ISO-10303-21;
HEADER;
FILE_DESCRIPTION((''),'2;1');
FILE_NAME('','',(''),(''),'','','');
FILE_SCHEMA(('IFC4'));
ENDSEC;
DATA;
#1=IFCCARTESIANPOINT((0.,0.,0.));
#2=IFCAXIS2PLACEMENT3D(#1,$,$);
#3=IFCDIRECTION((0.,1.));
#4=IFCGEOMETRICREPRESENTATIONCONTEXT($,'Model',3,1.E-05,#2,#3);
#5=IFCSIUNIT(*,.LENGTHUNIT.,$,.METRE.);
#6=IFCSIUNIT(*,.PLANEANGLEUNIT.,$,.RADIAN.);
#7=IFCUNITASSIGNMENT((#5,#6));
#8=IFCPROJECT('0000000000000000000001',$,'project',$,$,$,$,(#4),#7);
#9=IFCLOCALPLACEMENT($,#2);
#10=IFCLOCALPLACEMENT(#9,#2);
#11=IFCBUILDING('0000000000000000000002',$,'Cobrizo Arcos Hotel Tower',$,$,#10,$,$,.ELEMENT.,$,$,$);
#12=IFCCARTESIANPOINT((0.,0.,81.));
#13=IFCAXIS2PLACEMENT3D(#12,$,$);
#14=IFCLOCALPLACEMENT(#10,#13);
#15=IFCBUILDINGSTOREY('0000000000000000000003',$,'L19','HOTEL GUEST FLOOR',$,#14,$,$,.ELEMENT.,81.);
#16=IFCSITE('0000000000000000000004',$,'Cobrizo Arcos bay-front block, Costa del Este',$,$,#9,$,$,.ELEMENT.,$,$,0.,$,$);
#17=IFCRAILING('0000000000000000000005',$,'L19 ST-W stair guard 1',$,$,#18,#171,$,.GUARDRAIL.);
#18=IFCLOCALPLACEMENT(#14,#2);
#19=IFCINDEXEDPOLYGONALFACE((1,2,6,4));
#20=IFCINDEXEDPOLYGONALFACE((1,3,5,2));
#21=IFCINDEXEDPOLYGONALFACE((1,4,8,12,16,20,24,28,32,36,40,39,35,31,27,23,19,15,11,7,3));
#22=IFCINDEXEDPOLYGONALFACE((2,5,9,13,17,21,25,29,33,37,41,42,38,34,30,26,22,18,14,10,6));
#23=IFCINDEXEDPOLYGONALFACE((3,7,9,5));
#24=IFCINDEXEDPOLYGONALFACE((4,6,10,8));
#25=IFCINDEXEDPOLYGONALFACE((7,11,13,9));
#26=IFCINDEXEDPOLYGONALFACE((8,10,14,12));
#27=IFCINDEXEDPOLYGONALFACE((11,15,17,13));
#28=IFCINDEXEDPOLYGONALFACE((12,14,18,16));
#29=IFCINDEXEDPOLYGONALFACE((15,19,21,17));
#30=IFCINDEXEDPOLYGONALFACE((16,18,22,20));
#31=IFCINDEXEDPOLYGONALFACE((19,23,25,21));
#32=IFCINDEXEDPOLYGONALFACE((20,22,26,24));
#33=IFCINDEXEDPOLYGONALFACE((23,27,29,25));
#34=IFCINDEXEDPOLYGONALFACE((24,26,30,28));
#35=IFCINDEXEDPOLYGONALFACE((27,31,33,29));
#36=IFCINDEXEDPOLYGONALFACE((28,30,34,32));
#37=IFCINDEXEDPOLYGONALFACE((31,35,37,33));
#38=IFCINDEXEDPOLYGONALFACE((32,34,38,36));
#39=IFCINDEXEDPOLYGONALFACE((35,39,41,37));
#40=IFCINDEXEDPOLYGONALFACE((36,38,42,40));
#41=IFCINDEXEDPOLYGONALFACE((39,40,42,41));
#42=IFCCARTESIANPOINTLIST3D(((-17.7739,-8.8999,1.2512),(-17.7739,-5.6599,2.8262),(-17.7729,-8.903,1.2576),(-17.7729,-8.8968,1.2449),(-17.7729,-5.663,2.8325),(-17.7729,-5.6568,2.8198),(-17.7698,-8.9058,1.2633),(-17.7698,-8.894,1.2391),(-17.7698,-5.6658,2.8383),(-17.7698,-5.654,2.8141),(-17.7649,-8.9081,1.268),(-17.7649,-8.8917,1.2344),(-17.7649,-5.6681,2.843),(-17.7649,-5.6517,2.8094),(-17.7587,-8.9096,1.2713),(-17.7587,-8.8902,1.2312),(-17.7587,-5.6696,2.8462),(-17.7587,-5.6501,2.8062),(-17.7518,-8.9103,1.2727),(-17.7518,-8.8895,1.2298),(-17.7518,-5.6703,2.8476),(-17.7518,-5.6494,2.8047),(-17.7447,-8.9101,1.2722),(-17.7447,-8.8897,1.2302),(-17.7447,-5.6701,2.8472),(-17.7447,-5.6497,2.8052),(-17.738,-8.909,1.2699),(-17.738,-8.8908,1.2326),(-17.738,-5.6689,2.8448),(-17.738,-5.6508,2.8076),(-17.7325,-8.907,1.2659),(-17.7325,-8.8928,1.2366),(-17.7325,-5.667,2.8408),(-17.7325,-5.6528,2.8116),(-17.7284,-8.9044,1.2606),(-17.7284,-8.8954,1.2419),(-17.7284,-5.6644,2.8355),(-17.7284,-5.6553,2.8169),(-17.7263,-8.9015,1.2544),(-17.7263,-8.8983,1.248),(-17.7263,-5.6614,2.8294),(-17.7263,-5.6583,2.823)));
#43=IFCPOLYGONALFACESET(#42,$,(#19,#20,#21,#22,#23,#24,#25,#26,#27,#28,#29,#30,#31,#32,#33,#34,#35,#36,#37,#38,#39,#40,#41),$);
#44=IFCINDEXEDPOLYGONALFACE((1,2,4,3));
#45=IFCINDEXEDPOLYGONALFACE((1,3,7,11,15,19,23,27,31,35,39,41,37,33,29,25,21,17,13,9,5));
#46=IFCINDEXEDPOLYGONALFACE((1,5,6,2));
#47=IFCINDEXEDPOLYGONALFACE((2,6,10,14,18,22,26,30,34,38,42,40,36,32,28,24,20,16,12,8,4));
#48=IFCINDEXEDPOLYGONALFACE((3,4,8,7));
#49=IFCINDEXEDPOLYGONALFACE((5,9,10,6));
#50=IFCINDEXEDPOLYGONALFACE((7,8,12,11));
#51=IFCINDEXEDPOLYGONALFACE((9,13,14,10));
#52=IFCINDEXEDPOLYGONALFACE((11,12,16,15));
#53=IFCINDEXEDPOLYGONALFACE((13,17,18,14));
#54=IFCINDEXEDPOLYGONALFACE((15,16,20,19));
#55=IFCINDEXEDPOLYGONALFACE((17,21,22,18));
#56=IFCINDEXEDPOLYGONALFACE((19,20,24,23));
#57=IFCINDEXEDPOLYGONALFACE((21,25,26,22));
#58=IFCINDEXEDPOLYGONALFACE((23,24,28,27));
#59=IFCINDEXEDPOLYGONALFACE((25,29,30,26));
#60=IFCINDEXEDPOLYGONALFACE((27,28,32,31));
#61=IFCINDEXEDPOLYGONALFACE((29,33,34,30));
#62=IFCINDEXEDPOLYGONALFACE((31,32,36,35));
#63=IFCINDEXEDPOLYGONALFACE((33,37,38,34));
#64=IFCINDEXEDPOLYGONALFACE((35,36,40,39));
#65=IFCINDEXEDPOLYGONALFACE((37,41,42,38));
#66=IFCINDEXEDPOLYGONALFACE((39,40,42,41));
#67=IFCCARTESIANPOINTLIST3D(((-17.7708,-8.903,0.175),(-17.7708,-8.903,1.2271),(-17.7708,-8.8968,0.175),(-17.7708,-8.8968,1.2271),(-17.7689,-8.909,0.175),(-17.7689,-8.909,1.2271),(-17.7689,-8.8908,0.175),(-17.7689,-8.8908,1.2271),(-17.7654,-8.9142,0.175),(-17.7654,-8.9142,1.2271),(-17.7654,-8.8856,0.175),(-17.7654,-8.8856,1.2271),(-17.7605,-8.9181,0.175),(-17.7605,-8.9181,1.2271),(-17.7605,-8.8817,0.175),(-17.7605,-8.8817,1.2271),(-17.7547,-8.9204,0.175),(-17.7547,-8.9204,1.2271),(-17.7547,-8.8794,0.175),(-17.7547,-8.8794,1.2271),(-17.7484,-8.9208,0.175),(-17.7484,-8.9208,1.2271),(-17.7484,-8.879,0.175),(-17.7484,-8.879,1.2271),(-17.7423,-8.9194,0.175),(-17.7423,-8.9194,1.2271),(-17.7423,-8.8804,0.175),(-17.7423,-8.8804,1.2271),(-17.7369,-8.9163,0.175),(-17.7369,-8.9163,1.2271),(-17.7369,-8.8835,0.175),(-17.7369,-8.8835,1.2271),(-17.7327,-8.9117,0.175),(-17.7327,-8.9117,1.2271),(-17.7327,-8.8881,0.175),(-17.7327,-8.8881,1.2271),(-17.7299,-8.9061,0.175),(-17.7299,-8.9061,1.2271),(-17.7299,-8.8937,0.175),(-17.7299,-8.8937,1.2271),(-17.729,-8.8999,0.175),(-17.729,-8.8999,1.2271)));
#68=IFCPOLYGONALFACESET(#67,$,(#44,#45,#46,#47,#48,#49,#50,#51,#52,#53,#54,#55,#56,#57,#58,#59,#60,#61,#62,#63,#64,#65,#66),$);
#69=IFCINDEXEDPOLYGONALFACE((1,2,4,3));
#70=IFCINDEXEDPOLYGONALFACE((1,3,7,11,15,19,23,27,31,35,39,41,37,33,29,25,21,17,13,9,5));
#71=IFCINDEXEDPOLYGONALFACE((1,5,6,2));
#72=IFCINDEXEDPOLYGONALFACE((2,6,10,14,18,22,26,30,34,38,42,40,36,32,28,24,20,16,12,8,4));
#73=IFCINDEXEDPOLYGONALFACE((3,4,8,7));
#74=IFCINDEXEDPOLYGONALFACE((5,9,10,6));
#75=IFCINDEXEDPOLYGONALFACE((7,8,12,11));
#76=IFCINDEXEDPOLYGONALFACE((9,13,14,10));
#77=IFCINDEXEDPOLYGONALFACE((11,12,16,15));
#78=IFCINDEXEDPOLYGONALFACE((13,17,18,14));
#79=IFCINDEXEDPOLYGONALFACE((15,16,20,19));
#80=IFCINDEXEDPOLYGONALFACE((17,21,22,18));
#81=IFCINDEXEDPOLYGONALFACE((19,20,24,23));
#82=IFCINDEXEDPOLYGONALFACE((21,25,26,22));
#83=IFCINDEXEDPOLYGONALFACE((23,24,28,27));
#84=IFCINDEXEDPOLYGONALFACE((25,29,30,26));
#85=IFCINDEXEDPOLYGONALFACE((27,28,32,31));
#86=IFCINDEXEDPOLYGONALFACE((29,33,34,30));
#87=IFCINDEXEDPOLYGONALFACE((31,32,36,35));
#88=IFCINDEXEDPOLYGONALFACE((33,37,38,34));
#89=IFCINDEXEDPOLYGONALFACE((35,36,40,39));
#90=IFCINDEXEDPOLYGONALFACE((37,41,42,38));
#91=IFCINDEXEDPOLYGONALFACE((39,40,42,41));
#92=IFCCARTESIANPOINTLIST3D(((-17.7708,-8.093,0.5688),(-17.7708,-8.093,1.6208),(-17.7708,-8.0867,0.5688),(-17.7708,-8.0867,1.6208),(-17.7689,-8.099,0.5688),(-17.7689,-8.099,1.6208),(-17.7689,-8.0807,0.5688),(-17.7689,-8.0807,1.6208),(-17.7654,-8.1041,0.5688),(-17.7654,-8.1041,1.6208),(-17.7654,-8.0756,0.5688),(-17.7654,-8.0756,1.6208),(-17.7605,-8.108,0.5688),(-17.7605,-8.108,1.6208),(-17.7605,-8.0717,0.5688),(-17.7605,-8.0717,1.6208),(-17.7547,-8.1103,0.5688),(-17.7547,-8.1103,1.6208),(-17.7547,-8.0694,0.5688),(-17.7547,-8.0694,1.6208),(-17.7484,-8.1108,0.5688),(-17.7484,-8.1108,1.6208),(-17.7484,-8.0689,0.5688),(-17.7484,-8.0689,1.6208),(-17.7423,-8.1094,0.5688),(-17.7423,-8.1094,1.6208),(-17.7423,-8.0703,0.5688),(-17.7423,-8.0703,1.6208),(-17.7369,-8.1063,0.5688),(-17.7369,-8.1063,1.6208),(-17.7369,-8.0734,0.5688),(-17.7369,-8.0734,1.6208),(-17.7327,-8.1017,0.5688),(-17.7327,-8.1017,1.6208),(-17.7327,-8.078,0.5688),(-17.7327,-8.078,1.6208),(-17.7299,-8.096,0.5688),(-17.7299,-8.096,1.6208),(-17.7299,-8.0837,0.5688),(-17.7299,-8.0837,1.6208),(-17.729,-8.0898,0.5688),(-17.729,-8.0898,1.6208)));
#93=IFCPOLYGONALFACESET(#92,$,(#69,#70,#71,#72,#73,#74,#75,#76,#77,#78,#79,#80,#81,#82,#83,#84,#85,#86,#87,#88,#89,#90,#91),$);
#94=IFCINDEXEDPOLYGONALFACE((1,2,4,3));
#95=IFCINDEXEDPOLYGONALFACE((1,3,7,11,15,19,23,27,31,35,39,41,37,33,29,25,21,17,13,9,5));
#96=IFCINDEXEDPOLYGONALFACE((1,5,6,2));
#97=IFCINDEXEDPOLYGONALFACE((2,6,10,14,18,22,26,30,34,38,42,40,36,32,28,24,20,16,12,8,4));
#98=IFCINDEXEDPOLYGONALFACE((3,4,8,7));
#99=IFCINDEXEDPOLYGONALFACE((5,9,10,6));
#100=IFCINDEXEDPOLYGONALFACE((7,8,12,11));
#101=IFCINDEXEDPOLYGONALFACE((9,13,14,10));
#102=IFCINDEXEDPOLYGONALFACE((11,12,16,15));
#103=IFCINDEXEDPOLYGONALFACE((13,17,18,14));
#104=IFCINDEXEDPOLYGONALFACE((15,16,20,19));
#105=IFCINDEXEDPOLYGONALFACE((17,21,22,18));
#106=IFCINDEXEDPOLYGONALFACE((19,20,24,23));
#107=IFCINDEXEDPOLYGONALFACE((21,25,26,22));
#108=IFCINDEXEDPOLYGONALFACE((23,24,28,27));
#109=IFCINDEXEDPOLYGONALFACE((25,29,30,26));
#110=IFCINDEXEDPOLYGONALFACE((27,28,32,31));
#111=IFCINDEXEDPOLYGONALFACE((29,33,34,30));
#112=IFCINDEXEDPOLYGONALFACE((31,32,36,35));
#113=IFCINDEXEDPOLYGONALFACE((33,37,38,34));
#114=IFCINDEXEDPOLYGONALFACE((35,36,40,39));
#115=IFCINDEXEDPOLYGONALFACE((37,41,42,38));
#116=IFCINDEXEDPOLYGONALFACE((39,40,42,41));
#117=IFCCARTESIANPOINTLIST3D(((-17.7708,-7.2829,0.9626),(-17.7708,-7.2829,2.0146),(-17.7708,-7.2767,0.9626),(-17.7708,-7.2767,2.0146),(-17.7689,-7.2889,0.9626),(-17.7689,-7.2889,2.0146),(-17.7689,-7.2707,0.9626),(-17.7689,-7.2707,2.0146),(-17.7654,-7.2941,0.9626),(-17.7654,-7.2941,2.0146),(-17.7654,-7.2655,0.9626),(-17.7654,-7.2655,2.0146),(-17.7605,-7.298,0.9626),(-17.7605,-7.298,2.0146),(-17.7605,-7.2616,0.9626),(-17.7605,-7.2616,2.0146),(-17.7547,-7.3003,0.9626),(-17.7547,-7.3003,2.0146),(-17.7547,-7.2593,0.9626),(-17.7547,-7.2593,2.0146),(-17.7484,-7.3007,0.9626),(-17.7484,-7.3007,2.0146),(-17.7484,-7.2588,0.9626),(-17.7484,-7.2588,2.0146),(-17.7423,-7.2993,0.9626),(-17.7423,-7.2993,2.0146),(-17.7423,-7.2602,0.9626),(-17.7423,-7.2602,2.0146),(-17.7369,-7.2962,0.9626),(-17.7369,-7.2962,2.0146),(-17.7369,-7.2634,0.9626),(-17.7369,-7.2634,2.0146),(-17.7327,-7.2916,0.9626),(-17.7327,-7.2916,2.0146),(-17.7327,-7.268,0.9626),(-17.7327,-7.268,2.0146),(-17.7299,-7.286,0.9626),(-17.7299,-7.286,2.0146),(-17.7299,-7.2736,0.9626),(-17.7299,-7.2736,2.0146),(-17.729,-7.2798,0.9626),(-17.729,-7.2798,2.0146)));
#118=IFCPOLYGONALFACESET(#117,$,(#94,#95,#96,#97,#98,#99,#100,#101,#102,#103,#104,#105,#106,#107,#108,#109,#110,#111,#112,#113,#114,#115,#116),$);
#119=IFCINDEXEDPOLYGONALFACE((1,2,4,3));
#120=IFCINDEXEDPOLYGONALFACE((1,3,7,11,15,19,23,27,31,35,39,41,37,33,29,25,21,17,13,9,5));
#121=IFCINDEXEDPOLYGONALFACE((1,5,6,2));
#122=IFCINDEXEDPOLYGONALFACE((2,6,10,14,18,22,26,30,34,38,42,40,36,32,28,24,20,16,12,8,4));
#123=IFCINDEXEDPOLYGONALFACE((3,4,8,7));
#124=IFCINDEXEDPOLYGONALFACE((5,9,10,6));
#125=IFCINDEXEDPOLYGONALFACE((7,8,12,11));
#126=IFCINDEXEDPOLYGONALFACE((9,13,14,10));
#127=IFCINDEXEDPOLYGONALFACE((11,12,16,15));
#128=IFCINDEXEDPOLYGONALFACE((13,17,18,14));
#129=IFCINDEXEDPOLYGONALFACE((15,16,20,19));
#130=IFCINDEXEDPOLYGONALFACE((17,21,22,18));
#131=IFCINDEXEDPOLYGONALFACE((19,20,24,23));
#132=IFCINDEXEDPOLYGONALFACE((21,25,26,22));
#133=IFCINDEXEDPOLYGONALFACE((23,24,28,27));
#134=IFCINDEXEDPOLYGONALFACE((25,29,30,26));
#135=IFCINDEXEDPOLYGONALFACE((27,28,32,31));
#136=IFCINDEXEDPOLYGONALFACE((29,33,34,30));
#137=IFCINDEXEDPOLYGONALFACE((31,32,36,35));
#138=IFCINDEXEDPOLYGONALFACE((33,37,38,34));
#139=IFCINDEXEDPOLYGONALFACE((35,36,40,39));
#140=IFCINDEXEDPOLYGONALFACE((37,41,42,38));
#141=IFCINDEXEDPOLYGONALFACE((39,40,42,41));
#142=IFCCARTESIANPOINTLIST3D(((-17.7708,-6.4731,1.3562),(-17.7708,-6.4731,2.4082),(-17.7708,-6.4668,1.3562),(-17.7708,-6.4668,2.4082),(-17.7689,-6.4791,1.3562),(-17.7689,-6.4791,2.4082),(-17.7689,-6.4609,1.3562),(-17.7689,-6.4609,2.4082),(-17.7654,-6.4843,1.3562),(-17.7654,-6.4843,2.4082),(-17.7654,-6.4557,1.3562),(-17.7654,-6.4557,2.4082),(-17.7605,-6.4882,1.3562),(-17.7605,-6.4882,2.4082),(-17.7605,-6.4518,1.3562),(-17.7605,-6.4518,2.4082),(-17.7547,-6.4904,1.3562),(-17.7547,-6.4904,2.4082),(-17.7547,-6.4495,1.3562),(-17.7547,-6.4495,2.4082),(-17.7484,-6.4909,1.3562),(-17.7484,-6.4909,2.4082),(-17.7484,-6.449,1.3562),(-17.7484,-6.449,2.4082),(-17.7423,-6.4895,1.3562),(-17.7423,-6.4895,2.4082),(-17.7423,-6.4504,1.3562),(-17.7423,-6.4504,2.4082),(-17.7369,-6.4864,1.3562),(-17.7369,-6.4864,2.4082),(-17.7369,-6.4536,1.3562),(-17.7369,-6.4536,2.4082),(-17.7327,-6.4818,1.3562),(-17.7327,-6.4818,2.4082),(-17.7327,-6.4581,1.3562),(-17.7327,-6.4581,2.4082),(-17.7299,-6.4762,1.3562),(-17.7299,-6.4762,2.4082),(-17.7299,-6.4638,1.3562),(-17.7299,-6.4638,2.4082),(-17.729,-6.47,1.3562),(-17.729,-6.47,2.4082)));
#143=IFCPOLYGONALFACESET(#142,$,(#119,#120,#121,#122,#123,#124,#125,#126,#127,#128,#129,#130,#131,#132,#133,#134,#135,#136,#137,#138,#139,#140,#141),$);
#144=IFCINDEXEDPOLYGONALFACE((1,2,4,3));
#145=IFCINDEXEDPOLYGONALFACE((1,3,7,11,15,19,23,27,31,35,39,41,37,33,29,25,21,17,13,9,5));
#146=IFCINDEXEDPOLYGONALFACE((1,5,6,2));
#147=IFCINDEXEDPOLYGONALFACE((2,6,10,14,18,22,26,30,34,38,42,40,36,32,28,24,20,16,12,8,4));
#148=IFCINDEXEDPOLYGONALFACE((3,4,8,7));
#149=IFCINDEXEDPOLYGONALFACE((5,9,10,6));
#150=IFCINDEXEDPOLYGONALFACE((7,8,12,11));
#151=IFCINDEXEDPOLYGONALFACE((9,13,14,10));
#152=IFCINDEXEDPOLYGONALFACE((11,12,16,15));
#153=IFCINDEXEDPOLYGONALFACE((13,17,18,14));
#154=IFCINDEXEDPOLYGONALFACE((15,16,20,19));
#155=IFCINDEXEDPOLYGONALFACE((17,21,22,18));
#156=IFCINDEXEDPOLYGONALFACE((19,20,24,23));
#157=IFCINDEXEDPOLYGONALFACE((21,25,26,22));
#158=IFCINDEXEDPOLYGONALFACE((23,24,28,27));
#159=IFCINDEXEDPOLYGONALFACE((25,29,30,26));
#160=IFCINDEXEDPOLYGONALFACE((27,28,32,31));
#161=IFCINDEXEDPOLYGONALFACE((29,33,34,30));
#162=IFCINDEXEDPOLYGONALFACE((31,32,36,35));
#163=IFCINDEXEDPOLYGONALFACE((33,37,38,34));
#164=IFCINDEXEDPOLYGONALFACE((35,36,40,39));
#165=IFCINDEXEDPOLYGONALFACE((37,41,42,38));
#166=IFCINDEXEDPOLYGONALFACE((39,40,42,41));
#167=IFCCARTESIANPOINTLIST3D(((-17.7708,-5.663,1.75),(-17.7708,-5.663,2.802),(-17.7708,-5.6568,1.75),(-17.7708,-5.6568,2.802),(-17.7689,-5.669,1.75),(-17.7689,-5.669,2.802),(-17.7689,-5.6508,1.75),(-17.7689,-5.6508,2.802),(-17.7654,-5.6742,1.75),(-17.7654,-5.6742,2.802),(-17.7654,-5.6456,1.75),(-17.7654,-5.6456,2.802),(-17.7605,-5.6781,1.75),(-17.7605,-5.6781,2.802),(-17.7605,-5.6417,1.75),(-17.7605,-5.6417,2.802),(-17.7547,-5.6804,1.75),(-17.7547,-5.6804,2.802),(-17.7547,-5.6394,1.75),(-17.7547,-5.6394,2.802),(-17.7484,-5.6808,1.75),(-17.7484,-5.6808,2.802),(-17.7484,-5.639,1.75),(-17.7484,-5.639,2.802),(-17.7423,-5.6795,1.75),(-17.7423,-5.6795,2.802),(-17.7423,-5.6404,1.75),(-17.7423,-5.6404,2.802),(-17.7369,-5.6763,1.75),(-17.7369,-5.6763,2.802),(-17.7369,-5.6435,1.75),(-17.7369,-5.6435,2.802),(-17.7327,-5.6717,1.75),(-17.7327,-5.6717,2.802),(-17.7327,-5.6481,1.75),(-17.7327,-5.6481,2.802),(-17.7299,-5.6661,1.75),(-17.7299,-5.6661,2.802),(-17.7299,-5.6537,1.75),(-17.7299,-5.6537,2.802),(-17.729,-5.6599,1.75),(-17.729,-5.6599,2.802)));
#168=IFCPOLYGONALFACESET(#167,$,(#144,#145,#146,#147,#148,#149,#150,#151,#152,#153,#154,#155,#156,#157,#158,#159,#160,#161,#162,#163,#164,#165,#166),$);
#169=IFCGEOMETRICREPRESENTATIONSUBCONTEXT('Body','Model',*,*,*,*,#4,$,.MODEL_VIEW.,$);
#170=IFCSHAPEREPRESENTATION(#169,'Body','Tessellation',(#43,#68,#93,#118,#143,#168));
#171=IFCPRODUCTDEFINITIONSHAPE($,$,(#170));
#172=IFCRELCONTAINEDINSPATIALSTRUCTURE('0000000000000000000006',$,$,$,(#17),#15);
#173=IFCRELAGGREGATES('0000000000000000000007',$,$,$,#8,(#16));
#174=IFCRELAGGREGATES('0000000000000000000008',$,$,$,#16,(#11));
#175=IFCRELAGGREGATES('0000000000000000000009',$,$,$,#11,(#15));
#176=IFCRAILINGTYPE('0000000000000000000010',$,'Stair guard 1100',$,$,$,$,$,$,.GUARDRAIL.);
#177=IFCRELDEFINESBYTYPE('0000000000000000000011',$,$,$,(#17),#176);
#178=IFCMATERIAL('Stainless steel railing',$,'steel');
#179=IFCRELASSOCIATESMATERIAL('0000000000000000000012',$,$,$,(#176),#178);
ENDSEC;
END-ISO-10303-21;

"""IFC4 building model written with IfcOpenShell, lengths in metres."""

from ifc_helpers import new_model, si_unit, direction, frame, origin, origin_2d, place, context, subcontext, project, spatial, circle, extrude, material, type_object, element, save


model = new_model("IFC4")

# Units and contexts
model_context = context("Model", 3, precision=1e-05, world=origin(), true_north=direction((0.0, 1.0)))
body_context = subcontext(model_context, "Body", "Model", "MODEL_VIEW")
ifc_project = project(units=[si_unit("LENGTHUNIT", "METRE"), si_unit("PLANEANGLEUNIT", "RADIAN")], contexts=[model_context])

# Site, building, storey
site_placement = place(None, origin())
site = spatial("IfcSite", under=ifc_project, at=site_placement, Name="Cobrizo Arcos bay-front block, Costa del Este", CompositionType="ELEMENT", RefElevation=0.0)
building_placement = place(site_placement, origin())
building = spatial("IfcBuilding", under=site, at=building_placement, Name="Cobrizo Arcos Hotel Tower", CompositionType="ELEMENT")
storey_placement = place(building_placement, frame((0.0, 0.0, 81.0)))
storey = spatial("IfcBuildingStorey", under=building, at=storey_placement, Name="L19", Description="HOTEL GUEST FLOOR", CompositionType="ELEMENT", Elevation=81.0)

# Railing
ifc_material_1 = material(Name="Stainless steel railing", Category="steel")
railing_type_1 = type_object("IfcRailingType", Name="Stair guard 1100", PredefinedType="GUARDRAIL", material=ifc_material_1)
railing_1_placement = place(storey_placement, frame((-17.75, -8.8999, 0.175)))
element("IfcRailing", 1, at=railing_1_placement, inside=storey, type_object=railing_type_1, Name="L19 ST-W stair guard 1", PredefinedType="GUARDRAIL", context=body_context, shape_type="SweptSolid", body=[
    extrude(circle(Radius=0.0239, at=origin_2d()), frame((0.0, 0.0, 1.0762), z_axis=(0.0, 0.899373, 0.437183), x_axis=(-1.0, 0.0, 0.0)), (0.0, 0.0, 1.0), 3.6025),
    extrude(circle(Radius=0.021, at=origin_2d()), origin(), (0.0, 0.0, 1.0), 1.052),
    extrude(circle(Radius=0.021, at=origin_2d()), frame((0.0, 0.8101, 0.3938)), (0.0, 0.0, 1.0), 1.052),
    extrude(circle(Radius=0.021, at=origin_2d()), frame((0.0, 1.6201, 0.7876)), (0.0, 0.0, 1.0), 1.052),
    extrude(circle(Radius=0.021, at=origin_2d()), frame((0.0, 2.4299, 1.1812)), (0.0, 0.0, 1.0), 1.052),
    extrude(circle(Radius=0.021, at=origin_2d()), frame((0.0, 3.24, 1.575)), (0.0, 0.0, 1.0), 1.052),
])

save(model, "model.ifc")
